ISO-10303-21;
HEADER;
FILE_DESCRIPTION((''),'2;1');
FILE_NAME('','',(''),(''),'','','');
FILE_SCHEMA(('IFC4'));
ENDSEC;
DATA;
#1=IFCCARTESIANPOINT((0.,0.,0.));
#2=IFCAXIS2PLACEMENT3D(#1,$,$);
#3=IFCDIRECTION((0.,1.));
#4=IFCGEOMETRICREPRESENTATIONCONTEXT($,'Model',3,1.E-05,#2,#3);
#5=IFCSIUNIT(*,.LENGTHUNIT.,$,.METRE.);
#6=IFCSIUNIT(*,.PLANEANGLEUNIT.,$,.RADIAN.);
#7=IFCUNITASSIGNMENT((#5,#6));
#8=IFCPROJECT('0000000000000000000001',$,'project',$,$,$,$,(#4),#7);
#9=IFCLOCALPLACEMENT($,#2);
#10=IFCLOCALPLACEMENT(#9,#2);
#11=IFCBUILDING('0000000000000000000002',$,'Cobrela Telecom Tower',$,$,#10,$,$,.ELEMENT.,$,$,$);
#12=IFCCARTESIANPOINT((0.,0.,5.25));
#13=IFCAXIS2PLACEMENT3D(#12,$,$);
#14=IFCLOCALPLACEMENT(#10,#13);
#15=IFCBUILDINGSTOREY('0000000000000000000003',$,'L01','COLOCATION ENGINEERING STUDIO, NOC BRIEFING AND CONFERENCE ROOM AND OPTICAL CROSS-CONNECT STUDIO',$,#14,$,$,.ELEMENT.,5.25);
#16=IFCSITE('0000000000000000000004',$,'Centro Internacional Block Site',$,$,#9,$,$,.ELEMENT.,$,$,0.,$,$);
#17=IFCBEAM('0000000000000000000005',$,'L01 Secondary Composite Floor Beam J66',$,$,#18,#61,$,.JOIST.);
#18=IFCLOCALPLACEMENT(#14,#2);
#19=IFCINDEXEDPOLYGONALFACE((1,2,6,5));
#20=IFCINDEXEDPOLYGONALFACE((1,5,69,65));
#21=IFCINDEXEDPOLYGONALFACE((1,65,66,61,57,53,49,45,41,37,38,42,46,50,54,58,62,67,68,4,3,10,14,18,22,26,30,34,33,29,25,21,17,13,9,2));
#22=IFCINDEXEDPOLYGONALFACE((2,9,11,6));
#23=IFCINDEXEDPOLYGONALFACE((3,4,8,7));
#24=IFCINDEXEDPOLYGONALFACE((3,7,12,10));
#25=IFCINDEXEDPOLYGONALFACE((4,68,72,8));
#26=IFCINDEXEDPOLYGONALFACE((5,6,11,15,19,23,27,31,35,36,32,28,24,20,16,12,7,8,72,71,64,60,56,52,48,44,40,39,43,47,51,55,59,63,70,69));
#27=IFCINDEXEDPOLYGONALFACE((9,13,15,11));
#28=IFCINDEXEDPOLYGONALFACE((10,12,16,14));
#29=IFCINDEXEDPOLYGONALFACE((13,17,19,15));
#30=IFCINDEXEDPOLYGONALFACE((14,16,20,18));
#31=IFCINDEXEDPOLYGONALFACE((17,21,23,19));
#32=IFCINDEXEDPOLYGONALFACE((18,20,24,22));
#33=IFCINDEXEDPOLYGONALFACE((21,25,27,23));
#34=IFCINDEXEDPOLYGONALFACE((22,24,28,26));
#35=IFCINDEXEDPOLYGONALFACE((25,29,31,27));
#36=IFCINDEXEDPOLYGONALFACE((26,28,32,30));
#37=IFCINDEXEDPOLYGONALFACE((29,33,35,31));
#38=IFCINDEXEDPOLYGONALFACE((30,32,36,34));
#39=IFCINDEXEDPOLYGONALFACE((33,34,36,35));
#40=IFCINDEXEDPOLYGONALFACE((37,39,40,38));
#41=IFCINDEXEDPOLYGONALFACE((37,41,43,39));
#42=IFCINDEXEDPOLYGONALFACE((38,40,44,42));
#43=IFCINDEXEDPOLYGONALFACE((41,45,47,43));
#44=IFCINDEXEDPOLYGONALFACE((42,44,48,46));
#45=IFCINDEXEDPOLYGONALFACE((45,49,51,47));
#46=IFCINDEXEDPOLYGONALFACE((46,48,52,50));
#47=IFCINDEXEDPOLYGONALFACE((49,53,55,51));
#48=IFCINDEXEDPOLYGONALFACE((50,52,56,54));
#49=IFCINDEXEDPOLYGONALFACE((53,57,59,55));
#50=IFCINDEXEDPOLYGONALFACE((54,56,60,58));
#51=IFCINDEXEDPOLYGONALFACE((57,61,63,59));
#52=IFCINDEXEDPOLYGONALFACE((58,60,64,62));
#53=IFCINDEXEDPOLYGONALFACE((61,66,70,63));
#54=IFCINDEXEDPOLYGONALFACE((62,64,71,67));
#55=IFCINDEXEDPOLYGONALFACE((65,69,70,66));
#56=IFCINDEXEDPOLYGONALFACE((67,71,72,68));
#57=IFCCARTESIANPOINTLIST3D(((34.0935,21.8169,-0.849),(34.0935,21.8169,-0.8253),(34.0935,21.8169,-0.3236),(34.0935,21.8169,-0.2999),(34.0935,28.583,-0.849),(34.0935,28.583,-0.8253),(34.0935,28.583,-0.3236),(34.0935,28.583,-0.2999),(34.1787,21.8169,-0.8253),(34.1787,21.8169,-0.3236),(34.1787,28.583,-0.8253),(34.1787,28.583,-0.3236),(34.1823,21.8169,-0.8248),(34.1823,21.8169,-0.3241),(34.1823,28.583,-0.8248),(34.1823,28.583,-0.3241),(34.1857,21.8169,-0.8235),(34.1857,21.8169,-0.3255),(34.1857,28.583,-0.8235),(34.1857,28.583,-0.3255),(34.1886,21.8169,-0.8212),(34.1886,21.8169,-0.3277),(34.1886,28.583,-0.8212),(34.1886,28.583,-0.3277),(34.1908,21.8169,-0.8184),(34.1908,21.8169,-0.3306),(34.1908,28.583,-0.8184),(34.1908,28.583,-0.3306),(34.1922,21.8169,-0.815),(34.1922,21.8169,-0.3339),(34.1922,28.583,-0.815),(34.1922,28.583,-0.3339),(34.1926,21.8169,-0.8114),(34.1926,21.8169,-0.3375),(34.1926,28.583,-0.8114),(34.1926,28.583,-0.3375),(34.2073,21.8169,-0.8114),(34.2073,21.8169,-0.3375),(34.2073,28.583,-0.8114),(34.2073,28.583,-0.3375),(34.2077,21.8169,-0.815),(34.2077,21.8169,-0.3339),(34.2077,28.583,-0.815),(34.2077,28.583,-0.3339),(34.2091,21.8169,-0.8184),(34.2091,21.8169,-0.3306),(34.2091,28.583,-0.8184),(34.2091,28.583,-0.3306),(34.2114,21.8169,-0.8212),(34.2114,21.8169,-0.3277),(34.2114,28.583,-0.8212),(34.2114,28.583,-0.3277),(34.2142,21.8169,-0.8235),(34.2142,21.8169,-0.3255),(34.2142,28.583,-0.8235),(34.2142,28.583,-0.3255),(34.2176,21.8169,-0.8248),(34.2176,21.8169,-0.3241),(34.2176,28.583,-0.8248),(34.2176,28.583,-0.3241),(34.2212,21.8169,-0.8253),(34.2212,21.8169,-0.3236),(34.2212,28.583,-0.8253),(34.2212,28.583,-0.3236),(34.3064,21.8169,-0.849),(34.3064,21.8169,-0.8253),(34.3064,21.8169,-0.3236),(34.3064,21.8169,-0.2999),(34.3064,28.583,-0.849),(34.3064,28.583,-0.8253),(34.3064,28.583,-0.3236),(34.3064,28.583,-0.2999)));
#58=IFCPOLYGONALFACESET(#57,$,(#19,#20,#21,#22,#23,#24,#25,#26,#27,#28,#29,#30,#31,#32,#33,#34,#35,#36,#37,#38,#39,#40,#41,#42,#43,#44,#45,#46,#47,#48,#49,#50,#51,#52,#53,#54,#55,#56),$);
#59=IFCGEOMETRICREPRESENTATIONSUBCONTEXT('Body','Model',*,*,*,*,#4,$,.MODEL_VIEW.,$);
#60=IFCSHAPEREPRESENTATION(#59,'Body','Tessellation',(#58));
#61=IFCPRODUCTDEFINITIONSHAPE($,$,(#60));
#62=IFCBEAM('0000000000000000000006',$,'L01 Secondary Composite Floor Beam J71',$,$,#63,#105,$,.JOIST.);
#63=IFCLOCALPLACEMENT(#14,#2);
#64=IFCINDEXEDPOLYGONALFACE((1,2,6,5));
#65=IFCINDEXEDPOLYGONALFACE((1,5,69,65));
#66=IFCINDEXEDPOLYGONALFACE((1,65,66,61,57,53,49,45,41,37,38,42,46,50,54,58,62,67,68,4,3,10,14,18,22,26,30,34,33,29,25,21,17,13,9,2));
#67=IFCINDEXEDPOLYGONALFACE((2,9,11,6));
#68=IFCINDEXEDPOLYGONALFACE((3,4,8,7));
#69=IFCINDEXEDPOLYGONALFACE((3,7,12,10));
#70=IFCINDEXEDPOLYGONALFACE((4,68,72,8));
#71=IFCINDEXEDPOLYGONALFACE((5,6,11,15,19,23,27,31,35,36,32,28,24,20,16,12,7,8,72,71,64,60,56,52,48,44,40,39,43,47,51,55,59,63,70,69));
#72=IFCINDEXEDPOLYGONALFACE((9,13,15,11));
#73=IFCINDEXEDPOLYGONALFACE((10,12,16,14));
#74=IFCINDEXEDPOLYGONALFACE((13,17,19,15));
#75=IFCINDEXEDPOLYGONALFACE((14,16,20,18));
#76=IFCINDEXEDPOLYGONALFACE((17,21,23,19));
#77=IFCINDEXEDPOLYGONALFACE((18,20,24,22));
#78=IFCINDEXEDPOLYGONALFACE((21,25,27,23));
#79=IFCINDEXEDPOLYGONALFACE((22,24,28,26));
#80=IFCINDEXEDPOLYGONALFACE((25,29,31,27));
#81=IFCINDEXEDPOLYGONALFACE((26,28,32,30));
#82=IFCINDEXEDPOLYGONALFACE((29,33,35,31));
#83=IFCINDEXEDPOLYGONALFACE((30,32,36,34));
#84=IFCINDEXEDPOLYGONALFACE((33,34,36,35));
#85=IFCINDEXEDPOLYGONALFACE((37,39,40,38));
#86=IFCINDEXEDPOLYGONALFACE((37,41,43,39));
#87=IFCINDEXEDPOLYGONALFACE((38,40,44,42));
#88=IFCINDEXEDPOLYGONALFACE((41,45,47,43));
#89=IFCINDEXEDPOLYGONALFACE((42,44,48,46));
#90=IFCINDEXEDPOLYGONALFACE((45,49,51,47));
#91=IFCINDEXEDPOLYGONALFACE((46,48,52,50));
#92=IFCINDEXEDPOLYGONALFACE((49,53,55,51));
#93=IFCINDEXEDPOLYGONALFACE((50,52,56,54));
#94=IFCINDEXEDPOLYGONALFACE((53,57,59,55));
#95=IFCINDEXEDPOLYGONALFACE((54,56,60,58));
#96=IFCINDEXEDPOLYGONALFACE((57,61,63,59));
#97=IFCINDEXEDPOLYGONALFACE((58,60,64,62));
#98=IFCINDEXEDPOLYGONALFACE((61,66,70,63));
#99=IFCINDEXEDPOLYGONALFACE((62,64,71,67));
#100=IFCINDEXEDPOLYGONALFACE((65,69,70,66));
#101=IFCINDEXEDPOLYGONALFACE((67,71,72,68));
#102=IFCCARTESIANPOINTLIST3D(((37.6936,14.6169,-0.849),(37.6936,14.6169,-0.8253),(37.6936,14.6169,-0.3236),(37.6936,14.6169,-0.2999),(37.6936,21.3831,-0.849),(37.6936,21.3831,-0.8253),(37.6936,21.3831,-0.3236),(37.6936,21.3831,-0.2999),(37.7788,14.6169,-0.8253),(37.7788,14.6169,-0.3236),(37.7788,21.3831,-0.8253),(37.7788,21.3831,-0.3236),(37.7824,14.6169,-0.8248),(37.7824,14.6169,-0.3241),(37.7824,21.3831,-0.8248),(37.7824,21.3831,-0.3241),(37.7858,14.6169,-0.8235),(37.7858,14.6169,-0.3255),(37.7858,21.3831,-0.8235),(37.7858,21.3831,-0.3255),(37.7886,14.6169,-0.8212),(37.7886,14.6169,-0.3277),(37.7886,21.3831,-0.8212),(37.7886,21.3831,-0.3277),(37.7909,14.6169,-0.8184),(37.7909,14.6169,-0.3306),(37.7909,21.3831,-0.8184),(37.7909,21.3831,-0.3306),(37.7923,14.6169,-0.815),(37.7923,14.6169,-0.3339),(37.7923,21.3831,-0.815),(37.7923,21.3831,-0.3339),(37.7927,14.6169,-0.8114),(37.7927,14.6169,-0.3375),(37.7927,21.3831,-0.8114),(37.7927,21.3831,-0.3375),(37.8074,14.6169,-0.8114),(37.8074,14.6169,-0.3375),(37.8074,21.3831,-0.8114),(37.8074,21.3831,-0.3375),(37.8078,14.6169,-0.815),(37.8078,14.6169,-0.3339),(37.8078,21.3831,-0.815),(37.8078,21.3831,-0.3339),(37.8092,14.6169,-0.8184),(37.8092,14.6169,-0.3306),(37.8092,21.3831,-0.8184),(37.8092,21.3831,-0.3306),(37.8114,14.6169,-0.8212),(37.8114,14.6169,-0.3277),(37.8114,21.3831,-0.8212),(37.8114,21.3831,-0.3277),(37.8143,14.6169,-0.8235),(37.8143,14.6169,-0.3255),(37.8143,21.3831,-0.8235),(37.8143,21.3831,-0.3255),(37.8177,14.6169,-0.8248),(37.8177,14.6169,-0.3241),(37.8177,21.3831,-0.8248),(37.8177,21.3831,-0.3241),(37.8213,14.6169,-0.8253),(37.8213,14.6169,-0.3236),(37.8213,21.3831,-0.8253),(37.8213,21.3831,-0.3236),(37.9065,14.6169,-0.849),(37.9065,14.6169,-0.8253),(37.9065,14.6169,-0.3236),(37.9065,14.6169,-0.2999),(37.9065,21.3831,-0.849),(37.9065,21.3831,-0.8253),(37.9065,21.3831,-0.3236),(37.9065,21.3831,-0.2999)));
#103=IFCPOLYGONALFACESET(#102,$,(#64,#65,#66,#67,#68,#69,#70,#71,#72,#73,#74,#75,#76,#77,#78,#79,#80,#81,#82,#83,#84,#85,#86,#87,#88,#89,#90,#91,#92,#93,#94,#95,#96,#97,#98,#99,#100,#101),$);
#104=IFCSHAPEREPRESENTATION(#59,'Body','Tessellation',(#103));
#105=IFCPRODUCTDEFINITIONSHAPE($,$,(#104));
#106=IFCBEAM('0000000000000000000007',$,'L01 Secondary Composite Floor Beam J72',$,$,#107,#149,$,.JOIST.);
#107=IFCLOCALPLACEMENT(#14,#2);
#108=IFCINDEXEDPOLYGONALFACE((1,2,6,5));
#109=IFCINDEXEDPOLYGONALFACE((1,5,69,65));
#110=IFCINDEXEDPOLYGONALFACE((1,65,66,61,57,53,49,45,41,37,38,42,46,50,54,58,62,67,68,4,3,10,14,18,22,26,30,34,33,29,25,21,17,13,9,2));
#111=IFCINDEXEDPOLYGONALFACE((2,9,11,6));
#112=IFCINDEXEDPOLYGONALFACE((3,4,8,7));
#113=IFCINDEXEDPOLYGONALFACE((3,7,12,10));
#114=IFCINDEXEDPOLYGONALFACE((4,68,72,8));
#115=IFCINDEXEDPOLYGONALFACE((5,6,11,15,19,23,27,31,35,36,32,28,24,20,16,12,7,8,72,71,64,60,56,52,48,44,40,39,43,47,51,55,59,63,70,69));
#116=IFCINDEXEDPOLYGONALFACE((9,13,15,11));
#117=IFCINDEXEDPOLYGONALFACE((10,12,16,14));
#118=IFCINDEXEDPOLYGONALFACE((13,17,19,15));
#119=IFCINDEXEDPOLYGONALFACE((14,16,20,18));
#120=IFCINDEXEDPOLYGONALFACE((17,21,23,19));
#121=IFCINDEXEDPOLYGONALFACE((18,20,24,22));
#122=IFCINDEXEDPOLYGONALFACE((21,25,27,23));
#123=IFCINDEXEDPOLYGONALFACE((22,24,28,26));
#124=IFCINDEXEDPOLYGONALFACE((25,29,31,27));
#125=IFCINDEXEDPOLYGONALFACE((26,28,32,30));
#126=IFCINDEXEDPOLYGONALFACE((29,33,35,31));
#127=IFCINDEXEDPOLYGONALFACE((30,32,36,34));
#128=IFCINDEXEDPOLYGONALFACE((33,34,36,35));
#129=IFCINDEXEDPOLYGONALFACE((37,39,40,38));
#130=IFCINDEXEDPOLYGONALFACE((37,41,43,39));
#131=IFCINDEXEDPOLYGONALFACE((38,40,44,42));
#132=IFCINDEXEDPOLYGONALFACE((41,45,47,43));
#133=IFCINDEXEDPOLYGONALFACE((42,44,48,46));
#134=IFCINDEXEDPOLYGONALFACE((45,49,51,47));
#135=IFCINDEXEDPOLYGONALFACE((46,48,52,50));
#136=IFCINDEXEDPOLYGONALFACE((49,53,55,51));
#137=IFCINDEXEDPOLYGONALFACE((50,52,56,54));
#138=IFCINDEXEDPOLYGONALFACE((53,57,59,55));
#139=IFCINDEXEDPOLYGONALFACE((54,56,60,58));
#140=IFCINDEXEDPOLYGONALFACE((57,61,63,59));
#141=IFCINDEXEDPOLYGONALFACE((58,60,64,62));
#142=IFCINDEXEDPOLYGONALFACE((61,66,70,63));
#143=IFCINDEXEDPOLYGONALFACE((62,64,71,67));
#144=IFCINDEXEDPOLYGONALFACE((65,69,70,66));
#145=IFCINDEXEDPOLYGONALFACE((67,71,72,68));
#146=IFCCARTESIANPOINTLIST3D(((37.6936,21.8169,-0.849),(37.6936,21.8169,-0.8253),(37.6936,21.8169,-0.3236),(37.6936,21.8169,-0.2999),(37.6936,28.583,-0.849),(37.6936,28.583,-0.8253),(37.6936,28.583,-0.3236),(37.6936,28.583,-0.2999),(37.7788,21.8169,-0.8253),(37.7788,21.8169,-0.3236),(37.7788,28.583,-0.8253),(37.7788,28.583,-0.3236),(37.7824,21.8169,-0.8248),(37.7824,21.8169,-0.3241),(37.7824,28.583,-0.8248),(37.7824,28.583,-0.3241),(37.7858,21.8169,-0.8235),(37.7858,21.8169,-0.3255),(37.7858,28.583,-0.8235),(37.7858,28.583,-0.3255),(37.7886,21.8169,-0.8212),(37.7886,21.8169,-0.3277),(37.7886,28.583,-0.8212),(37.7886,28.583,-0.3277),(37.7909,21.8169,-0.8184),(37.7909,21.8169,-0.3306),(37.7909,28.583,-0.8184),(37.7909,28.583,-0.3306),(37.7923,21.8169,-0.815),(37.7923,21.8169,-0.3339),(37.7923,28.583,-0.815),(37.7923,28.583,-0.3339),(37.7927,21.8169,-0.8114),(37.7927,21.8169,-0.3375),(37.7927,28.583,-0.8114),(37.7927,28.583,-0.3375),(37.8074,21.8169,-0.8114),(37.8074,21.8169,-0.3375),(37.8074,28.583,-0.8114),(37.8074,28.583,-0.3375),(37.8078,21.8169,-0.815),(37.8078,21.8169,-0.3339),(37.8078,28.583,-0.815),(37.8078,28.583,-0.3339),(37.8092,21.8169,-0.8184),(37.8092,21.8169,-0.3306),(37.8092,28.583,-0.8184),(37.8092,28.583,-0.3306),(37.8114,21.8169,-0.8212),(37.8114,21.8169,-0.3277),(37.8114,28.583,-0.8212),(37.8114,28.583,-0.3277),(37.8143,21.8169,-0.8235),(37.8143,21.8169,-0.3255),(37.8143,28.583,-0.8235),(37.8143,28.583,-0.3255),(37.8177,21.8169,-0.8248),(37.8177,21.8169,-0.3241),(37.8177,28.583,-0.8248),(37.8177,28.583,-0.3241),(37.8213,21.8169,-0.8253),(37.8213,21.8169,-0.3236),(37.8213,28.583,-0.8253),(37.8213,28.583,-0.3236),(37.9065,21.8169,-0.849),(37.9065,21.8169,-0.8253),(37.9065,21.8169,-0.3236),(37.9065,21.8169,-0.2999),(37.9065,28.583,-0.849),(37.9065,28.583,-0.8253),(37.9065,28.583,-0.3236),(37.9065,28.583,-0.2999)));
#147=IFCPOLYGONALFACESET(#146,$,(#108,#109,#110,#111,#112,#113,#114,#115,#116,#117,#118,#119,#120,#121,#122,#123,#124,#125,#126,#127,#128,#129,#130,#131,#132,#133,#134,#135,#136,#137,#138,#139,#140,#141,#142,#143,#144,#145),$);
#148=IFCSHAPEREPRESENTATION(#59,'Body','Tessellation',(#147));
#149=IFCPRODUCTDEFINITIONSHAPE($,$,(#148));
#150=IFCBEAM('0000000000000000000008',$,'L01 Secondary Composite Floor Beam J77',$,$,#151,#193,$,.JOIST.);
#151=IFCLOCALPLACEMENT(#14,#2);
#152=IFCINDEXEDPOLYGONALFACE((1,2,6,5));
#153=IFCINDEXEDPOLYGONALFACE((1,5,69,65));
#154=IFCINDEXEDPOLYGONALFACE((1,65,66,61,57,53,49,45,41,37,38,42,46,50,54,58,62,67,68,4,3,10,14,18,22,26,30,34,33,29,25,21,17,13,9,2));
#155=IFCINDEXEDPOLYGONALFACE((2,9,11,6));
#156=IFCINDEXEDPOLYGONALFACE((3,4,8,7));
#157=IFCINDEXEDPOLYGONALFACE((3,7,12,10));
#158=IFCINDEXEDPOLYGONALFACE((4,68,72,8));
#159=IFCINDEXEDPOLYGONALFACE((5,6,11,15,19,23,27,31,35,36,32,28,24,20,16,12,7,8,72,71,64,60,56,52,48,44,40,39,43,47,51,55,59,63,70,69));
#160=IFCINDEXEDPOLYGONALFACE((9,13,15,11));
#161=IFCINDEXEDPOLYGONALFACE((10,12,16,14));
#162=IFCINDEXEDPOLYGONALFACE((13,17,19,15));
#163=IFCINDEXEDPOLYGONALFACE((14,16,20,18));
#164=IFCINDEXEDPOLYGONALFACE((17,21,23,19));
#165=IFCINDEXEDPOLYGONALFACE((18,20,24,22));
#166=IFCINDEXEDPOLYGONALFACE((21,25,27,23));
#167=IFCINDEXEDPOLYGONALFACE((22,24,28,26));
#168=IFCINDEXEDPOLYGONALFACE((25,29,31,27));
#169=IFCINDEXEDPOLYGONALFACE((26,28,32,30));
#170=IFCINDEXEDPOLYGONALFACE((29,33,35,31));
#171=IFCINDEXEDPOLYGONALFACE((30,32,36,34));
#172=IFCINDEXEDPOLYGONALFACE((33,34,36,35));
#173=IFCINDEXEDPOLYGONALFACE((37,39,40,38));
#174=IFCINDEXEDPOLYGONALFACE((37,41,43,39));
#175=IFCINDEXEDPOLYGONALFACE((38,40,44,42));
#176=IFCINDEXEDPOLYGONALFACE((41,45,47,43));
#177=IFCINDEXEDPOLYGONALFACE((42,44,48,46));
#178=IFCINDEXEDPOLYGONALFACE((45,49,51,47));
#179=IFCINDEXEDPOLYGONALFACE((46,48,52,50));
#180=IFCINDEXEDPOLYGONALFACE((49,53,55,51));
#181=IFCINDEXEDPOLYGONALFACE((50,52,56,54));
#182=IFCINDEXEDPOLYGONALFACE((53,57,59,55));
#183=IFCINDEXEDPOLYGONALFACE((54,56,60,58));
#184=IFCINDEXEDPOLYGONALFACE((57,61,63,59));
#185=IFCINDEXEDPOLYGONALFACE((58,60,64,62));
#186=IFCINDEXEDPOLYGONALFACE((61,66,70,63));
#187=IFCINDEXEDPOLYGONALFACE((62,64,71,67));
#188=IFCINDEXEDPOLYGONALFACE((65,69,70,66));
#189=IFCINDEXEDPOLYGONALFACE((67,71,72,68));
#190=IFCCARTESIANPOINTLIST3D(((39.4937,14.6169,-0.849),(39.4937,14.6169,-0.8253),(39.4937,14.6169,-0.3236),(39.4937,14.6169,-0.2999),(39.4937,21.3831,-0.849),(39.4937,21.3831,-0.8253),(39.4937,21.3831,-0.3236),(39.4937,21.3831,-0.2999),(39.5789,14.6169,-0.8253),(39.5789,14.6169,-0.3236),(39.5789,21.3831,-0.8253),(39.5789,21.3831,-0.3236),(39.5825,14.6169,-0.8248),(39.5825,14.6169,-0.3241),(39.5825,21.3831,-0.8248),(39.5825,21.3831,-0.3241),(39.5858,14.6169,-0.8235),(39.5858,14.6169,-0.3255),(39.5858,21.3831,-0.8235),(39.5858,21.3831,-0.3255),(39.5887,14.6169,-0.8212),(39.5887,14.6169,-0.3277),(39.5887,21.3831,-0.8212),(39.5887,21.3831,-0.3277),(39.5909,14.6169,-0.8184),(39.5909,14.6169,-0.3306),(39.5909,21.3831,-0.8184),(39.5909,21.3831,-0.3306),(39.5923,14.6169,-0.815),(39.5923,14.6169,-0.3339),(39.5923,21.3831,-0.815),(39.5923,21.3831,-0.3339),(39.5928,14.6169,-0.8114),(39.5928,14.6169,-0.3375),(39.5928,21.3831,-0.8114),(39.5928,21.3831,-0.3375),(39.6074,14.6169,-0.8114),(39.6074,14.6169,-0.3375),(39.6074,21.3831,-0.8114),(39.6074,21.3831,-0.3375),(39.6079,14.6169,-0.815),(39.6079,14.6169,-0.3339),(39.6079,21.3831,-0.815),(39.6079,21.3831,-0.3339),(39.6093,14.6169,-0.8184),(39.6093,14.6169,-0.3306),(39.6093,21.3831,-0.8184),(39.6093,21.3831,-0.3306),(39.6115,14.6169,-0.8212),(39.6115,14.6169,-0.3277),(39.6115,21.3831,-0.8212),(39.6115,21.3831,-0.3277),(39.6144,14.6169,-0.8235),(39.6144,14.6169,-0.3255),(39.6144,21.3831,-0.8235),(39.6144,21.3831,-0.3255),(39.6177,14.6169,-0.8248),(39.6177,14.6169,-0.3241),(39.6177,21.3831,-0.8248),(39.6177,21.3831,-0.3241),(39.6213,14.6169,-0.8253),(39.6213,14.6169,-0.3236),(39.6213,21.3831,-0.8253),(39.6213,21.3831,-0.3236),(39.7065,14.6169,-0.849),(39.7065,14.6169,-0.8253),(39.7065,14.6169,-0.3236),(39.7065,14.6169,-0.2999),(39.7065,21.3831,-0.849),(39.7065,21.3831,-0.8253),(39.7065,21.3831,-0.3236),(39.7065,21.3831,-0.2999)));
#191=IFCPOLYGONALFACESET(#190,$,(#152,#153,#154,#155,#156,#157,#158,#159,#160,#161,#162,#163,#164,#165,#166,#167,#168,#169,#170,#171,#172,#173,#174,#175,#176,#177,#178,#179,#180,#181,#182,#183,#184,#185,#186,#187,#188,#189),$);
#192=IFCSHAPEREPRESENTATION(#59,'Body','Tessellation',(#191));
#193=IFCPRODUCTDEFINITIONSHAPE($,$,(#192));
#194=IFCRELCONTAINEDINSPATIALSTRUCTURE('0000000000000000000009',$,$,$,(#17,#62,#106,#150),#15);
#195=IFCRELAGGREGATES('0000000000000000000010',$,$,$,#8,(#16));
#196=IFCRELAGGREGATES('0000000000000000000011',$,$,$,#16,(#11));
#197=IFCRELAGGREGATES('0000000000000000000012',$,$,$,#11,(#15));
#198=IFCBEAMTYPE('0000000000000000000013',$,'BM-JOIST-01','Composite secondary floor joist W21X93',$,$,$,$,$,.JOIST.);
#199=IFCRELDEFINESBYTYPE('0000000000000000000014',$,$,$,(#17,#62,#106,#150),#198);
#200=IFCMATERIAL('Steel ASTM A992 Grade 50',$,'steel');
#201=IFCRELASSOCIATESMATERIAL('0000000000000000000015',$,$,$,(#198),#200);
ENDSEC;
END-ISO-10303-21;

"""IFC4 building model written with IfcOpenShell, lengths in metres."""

from ifc_helpers import new_model, si_unit, direction, frame, origin, origin_2d, place, context, subcontext, project, spatial, i_section, extrude, material, material_profile, profile_set, type_object, element, save


model = new_model("IFC4")

# Units and contexts
model_context = context("Model", 3, precision=1e-05, world=origin(), true_north=direction((0.0, 1.0)))
body_context = subcontext(model_context, "Body", "Model", "MODEL_VIEW")
ifc_project = project(units=[si_unit("LENGTHUNIT", "METRE"), si_unit("PLANEANGLEUNIT", "RADIAN")], contexts=[model_context])

# Site, building, storey
site_placement = place(None, origin())
site = spatial("IfcSite", under=ifc_project, at=site_placement, Name="Centro Internacional Block Site", CompositionType="ELEMENT", RefElevation=0.0)
building_placement = place(site_placement, origin())
building = spatial("IfcBuilding", under=site, at=building_placement, Name="Cobrela Telecom Tower", CompositionType="ELEMENT")
storey_placement = place(building_placement, frame((0.0, 0.0, 5.25)))
storey = spatial("IfcBuildingStorey", under=building, at=storey_placement, Name="L01", Description="COLOCATION ENGINEERING STUDIO, NOC BRIEFING AND CONFERENCE ROOM AND OPTICAL CROSS-CONNECT STUDIO", CompositionType="ELEMENT", Elevation=5.25)

# Beams
ifc_material_1 = material(Name="Steel ASTM A992 Grade 50", Category="steel")
ifc_material_profile_1 = material_profile(ifc_material_1, i_section(OverallWidth=0.2129, OverallDepth=0.5491, WebThickness=0.0146, FlangeThickness=0.0237, FilletRadius=0.0139, at=origin_2d()), Name="W21X93")
ifc_profile_set_1 = profile_set([ifc_material_profile_1], Name="Steel ASTM A992 Grade 50")
beam_type_1 = type_object("IfcBeamType", Name="BM-JOIST-01", Description="Composite secondary floor joist W21X93", PredefinedType="JOIST", material=ifc_profile_set_1)
for number, where, z_axis, x_axis, name in (
    (1, (34.2, 21.8169, -0.5745), (0.0, 1.0, 0.0), (-1.0, 0.0, 0.0), "L01 Secondary Composite Floor Beam J66"),
    (2, (37.8, 14.6169, -0.5745), (0.0, 1.0, 0.0), (-1.0, 0.0, 0.0), "L01 Secondary Composite Floor Beam J71"),
    (3, (37.8, 21.8169, -0.5745), (0.0, 1.0, 0.0), (-1.0, 0.0, 0.0), "L01 Secondary Composite Floor Beam J72"),
    (4, (39.6001, 14.6169, -0.5745), (0.0, 1.0, 0.0), (-1.0, 0.0, 0.0), "L01 Secondary Composite Floor Beam J77"),
):
    element("IfcBeam", number, at=place(storey_placement, frame(where, z_axis=z_axis, x_axis=x_axis)), inside=storey, type_object=beam_type_1, Name=name, PredefinedType="JOIST", context=body_context, shape_type="SweptSolid", body=[
        extrude(i_section(OverallWidth=0.2129, OverallDepth=0.5491, WebThickness=0.0146, FlangeThickness=0.0237, FilletRadius=0.0139, at=origin_2d()), origin(), (0.0, 0.0, 1.0), 6.7661),
    ])

save(model, "model.ifc")
